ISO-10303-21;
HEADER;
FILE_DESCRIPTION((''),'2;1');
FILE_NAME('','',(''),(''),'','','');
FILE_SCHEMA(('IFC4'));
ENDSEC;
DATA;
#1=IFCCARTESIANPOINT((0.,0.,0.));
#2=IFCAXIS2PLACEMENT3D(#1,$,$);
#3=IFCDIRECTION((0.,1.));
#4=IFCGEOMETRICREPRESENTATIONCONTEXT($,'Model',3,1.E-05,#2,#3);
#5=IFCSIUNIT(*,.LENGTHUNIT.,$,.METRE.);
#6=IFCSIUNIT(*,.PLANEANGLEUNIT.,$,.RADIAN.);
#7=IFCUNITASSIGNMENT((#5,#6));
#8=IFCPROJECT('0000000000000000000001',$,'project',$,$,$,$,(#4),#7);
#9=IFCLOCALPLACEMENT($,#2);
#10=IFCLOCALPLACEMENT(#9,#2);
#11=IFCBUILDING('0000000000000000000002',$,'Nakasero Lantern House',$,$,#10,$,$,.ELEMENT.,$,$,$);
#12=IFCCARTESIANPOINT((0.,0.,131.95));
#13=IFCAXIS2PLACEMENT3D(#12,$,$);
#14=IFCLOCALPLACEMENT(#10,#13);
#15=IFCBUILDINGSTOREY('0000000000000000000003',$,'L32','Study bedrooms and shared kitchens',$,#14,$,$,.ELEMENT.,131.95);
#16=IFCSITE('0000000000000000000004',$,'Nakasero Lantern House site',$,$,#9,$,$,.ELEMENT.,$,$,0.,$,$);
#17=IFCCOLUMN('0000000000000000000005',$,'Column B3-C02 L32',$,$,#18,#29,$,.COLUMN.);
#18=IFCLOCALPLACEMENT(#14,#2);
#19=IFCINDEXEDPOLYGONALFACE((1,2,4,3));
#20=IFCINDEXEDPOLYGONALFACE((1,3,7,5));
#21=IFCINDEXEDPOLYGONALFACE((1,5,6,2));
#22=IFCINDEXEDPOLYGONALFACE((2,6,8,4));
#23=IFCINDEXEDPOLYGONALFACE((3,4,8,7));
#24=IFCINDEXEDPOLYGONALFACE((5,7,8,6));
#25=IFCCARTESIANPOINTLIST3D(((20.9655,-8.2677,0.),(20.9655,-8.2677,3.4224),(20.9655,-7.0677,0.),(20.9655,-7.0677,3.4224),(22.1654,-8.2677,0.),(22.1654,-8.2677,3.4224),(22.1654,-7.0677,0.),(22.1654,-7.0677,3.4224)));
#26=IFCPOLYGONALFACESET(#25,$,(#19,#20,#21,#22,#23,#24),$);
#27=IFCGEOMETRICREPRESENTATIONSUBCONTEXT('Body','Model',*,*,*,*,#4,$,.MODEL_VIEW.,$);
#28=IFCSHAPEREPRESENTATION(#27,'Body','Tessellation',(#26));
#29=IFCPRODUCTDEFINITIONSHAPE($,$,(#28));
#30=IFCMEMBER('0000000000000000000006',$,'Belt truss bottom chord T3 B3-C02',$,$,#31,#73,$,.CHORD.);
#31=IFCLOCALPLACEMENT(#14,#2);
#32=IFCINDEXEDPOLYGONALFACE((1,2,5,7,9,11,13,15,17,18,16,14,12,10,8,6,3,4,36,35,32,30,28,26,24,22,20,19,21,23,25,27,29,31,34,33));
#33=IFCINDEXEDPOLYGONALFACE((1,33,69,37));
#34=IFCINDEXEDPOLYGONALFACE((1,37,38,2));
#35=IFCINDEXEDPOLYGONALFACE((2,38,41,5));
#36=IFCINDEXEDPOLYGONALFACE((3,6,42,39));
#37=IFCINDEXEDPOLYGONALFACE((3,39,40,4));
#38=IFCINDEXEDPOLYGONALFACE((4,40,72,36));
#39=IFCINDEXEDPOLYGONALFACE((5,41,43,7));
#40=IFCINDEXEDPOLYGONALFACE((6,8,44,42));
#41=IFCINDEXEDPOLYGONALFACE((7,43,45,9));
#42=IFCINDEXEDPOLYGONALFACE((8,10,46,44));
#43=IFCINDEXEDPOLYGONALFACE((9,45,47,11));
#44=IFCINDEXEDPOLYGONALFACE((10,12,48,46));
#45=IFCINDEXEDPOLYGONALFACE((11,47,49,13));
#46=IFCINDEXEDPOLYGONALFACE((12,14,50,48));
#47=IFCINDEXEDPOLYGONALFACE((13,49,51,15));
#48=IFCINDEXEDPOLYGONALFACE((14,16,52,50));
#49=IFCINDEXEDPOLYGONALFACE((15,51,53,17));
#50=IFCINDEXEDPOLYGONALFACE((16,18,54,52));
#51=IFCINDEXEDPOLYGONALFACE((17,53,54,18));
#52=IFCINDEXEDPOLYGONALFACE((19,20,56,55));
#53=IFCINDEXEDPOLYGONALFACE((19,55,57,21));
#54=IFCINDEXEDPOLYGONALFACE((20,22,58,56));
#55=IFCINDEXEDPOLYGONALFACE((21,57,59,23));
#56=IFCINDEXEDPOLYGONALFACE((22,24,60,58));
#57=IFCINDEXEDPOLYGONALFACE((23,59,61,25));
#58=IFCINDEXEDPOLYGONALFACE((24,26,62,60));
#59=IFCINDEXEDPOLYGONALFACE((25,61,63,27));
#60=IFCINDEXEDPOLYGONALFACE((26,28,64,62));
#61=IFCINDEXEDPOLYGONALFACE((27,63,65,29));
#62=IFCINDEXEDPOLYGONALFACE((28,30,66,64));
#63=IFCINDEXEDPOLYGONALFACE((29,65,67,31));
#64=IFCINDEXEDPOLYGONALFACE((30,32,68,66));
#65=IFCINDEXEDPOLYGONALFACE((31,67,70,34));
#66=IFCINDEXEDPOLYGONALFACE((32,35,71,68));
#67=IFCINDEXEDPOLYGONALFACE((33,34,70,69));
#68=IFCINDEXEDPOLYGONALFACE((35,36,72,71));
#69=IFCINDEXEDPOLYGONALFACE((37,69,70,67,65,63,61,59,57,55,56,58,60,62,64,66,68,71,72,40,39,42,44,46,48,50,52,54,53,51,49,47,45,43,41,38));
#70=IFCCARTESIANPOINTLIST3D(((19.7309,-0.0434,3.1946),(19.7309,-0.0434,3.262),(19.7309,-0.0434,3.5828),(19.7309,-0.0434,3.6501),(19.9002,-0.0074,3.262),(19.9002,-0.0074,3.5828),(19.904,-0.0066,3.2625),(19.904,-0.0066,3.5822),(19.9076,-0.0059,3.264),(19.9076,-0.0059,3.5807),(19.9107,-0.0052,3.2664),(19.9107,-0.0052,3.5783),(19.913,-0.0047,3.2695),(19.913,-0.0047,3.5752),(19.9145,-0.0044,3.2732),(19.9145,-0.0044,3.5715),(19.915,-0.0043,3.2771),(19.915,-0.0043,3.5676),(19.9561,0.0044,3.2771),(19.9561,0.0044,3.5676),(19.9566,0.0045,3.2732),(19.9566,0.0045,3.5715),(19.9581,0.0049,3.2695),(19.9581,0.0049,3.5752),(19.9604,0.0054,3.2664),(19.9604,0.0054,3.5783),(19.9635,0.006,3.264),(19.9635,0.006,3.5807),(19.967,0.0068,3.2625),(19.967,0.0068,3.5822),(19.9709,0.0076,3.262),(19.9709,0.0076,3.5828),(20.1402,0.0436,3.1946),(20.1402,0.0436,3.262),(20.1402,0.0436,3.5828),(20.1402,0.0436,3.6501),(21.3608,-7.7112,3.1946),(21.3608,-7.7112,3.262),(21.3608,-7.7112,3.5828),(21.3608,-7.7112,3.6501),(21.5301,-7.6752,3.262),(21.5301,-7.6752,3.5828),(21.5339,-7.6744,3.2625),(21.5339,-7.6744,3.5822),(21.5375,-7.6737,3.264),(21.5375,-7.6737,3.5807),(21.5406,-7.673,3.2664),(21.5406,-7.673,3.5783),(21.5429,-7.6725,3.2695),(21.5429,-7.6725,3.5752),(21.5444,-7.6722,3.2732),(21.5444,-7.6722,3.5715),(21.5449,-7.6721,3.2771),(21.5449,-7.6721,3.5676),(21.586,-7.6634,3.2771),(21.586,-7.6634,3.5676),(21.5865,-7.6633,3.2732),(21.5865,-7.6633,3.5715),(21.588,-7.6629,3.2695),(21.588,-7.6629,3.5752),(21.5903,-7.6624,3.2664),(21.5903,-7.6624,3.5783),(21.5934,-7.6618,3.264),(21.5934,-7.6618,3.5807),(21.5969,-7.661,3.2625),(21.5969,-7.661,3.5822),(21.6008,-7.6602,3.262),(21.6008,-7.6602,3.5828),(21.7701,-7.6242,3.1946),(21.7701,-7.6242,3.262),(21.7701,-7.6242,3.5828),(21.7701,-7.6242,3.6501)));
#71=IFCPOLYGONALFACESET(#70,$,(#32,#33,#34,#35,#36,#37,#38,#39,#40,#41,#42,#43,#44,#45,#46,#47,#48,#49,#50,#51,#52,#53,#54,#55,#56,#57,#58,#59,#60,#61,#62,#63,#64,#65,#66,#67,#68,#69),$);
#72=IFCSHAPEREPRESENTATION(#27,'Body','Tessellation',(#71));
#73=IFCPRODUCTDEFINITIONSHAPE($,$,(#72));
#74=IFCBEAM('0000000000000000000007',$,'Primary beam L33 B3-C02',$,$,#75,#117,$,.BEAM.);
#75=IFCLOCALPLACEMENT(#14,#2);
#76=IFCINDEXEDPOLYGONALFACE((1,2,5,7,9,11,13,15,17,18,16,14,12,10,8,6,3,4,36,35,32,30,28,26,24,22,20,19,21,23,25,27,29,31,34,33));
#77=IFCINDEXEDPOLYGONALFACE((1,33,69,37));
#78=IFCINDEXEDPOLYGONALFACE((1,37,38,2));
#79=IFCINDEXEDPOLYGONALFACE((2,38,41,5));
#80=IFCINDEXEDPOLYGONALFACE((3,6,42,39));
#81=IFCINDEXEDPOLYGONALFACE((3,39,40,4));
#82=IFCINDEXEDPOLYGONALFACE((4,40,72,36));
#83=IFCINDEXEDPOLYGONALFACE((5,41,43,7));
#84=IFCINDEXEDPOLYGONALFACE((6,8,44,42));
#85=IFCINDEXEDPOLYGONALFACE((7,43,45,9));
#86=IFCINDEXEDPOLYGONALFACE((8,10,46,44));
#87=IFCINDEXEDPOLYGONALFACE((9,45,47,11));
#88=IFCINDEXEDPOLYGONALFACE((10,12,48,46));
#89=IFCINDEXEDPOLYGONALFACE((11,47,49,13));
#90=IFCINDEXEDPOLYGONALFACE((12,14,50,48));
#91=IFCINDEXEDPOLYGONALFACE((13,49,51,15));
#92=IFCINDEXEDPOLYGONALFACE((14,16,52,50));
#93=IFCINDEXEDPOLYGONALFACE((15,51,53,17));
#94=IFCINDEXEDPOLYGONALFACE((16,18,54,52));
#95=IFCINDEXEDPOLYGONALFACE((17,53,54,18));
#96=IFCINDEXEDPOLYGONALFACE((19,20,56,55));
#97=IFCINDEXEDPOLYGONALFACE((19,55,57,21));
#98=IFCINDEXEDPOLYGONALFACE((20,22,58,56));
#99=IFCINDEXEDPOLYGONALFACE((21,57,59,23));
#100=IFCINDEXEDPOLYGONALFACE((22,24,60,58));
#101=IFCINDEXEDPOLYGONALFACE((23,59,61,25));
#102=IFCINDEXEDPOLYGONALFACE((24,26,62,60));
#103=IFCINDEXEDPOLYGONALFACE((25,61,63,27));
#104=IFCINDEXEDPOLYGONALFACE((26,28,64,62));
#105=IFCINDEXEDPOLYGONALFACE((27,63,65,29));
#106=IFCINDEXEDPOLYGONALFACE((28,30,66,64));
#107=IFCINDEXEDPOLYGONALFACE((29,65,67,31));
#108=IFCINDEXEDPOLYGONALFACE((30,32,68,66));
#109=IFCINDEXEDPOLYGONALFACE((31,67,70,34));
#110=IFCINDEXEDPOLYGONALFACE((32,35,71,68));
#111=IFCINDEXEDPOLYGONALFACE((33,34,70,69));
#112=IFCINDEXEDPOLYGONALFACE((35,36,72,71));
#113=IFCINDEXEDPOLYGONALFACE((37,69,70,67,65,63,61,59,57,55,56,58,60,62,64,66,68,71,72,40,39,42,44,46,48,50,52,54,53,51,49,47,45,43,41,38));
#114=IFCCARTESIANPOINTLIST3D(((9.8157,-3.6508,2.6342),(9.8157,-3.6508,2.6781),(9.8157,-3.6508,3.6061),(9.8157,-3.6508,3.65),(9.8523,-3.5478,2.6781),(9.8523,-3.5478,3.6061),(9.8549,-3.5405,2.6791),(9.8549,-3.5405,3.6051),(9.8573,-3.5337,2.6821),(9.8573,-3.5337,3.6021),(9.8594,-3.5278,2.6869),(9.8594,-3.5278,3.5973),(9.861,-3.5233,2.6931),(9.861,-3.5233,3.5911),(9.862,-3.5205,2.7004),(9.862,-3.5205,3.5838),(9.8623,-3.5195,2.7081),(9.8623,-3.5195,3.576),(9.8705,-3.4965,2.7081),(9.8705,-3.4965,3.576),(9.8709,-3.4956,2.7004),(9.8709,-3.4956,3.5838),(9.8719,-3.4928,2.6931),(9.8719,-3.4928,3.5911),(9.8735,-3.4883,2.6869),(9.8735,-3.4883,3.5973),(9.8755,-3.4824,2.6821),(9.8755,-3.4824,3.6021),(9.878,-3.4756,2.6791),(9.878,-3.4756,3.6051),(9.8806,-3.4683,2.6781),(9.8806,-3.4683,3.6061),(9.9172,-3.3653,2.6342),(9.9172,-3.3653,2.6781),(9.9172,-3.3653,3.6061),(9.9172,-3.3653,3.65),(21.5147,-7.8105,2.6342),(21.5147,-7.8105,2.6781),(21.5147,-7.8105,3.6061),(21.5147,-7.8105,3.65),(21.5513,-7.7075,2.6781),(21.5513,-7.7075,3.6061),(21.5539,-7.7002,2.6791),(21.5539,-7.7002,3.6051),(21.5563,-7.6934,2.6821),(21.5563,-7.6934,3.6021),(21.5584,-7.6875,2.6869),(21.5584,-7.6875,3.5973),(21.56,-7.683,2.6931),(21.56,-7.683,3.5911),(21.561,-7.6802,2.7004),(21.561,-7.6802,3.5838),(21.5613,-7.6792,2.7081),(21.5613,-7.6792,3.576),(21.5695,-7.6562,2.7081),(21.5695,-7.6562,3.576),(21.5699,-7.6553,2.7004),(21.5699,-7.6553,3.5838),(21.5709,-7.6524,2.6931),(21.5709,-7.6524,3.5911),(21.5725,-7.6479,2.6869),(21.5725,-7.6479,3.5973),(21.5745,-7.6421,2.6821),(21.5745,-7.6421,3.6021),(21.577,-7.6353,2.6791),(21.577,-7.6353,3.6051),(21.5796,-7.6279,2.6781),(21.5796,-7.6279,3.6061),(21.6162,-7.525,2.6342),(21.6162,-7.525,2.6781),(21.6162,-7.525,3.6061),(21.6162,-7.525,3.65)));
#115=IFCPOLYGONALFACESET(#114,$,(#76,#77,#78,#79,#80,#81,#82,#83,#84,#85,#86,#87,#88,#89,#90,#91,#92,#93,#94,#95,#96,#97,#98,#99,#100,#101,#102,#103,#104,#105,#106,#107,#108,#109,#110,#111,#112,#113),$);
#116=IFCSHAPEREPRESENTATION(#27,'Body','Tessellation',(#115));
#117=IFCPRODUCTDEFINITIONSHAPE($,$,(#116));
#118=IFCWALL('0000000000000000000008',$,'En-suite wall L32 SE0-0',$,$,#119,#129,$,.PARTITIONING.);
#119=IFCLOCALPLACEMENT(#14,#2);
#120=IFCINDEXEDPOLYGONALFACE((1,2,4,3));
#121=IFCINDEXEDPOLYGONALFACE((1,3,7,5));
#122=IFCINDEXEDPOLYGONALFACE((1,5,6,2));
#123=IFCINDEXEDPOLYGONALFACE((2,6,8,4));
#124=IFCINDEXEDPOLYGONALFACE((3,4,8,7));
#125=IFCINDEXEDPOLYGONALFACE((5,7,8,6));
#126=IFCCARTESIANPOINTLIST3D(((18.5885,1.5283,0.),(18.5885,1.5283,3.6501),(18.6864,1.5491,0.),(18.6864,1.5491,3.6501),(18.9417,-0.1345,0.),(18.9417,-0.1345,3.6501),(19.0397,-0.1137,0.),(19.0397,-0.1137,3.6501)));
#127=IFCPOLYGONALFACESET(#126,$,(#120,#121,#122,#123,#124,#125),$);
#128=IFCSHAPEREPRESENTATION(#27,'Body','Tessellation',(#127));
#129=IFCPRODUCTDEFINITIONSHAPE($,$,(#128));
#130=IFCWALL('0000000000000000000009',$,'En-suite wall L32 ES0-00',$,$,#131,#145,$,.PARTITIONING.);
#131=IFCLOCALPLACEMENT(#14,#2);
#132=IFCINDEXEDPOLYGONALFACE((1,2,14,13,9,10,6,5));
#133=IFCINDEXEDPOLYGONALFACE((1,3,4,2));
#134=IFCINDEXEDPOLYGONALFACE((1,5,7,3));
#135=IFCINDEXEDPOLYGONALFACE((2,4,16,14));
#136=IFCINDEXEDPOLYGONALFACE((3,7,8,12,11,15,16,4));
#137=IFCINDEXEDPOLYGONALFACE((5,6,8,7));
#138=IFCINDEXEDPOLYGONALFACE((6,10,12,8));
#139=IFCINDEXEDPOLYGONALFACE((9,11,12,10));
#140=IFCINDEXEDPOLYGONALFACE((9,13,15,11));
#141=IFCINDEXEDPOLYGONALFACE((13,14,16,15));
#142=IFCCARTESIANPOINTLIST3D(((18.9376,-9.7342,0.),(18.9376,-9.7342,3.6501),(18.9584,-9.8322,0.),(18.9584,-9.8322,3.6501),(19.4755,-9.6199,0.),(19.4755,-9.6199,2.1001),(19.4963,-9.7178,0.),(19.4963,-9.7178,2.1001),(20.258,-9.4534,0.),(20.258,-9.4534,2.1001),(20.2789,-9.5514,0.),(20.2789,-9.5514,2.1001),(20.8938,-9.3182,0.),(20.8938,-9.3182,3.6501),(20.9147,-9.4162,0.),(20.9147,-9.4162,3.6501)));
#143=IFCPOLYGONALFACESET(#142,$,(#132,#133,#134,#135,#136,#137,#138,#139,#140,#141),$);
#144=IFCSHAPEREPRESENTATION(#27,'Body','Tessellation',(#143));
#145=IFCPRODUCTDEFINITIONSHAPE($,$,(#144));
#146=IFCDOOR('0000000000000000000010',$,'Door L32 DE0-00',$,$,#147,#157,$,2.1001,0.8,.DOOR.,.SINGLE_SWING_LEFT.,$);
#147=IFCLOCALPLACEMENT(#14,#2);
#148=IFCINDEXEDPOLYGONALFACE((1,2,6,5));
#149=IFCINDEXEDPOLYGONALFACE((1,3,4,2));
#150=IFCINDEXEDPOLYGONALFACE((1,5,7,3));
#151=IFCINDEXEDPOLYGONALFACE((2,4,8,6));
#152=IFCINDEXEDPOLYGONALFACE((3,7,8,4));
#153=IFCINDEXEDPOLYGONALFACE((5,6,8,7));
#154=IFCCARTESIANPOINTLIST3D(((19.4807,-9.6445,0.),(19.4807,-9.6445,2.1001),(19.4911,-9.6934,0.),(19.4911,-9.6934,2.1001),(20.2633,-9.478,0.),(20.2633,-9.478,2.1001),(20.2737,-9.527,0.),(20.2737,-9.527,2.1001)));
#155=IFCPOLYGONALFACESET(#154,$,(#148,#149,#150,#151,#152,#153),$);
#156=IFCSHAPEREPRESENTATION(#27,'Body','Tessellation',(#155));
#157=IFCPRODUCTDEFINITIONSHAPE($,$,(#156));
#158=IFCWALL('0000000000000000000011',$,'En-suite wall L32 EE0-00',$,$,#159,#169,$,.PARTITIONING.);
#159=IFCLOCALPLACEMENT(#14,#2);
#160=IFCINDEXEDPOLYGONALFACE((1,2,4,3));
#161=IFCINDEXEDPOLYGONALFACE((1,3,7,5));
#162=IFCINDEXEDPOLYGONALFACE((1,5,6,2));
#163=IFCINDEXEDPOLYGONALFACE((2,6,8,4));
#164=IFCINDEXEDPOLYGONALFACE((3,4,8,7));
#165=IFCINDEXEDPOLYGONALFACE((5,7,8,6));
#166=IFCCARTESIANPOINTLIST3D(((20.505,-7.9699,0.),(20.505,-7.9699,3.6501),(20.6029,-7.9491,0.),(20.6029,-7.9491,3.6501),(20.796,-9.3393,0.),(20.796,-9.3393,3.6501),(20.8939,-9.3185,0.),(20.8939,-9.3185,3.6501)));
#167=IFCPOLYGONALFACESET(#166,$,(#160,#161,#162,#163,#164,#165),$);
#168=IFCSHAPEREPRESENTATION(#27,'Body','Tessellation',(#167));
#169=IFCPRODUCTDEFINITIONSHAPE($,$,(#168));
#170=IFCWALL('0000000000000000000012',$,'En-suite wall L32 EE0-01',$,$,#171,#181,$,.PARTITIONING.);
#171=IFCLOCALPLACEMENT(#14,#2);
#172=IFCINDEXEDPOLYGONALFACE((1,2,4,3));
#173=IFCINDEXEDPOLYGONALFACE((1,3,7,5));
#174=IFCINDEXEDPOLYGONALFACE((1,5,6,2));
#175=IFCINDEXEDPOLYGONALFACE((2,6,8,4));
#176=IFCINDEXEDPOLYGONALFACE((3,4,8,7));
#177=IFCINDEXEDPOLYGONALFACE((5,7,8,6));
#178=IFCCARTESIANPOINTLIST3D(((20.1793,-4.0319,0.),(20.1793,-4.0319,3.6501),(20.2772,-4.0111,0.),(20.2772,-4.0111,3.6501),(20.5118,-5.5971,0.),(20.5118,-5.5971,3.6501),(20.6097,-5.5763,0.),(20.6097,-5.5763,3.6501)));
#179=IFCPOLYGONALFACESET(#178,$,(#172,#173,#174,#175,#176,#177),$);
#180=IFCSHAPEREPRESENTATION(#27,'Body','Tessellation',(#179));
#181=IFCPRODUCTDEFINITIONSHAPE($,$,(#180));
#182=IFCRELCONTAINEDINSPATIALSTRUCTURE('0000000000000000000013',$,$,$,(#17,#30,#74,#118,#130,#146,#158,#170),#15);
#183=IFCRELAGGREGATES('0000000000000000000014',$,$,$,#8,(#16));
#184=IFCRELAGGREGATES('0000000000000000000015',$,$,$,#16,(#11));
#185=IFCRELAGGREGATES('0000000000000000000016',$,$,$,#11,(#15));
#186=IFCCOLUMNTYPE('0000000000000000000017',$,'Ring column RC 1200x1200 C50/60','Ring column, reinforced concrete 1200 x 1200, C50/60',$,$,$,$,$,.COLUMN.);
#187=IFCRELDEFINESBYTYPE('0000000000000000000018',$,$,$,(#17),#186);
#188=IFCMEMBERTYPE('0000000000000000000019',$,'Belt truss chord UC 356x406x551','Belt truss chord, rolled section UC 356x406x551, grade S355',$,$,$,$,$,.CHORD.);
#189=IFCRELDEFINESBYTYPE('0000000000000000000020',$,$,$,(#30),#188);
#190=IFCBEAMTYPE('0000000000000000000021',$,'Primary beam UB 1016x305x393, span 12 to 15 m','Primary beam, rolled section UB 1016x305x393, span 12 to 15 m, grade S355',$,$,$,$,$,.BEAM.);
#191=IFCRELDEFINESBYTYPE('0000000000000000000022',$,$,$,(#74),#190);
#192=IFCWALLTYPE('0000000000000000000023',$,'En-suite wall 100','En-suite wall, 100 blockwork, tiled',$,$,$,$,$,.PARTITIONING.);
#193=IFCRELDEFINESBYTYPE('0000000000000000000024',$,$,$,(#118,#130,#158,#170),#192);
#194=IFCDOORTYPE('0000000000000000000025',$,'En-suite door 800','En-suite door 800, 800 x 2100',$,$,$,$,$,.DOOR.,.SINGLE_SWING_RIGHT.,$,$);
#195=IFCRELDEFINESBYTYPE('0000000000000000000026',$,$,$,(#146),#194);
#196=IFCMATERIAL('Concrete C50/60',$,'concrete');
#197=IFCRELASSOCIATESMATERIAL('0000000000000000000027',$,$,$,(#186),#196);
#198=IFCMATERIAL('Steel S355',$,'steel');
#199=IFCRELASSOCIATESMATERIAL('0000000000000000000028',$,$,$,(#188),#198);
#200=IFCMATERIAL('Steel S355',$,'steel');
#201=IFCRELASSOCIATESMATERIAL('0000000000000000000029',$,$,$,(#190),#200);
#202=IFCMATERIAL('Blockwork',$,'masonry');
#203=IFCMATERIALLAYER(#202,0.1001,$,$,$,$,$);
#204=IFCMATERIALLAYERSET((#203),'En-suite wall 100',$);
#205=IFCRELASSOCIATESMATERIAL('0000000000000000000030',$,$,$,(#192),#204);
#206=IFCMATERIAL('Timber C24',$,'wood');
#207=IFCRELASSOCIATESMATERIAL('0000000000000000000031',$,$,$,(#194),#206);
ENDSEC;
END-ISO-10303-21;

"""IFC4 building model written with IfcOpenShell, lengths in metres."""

from ifc_helpers import new_model, si_unit, direction, frame, frame_2d, origin, origin_2d, place, context, subcontext, project, spatial, rectangle, i_section, extrude, material, layer, layer_set, material_profile, profile_set, type_object, element, fill, save


model = new_model("IFC4")

# Units and contexts
model_context = context("Model", 3, precision=1e-05, world=origin(), true_north=direction((0.0, 1.0)))
body_context = subcontext(model_context, "Body", "Model", "MODEL_VIEW")
ifc_project = project(units=[si_unit("LENGTHUNIT", "METRE"), si_unit("PLANEANGLEUNIT", "RADIAN")], contexts=[model_context])

# Site, building, storey
site_placement = place(None, origin())
site = spatial("IfcSite", under=ifc_project, at=site_placement, Name="Nakasero Lantern House site", CompositionType="ELEMENT", RefElevation=0.0)
building_placement = place(site_placement, origin())
building = spatial("IfcBuilding", under=site, at=building_placement, Name="Nakasero Lantern House", CompositionType="ELEMENT")
storey_placement = place(building_placement, frame((0.0, 0.0, 131.95)))
storey = spatial("IfcBuildingStorey", under=building, at=storey_placement, Name="L32", Description="Study bedrooms and shared kitchens", CompositionType="ELEMENT", Elevation=131.95)

# Column
ifc_material_1 = material(Name="Concrete C50/60", Category="concrete")
ifc_material_profile_1 = material_profile(ifc_material_1, rectangle(XDim=1.2, YDim=1.2, at=origin_2d()), Name="RC 1200x1200")
ifc_profile_set_1 = profile_set([ifc_material_profile_1], Name="Concrete C50/60")
column_type = type_object("IfcColumnType", Name="Ring column RC 1200x1200 C50/60", Description="Ring column, reinforced concrete 1200 x 1200, C50/60", PredefinedType="COLUMN", material=ifc_profile_set_1)
column_placement = place(storey_placement, frame((21.5654, -7.6677, 0.0), z_axis=(0.0, 0.0, 1.0), x_axis=(1.0, 0.0, 0.0)))
element("IfcColumn", 1, at=column_placement, inside=storey, type_object=column_type, Name="Column B3-C02 L32", PredefinedType="COLUMN", context=body_context, shape_type="SweptSolid", body=[
    extrude(rectangle(XDim=1.2, YDim=1.2, at=origin_2d()), origin(), (0.0, 0.0, 1.0), 3.4224),
])

# Member
ifc_material_2 = material(Name="Steel S355", Category="steel")
ifc_material_profile_2 = material_profile(ifc_material_2, i_section(OverallWidth=0.4185, OverallDepth=0.4556, WebThickness=0.042, FlangeThickness=0.0674, FilletRadius=0.0151, at=origin_2d()), Name="UC 356x406x551")
ifc_profile_set_2 = profile_set([ifc_material_profile_2], Name="Steel S355")
member_type = type_object("IfcMemberType", Name="Belt truss chord UC 356x406x551", Description="Belt truss chord, rolled section UC 356x406x551, grade S355", PredefinedType="CHORD", material=ifc_profile_set_2)
member_placement = place(storey_placement, frame((21.5654, -7.6677, 3.4224), z_axis=(-0.207919, 0.978146, 0.0), x_axis=(-0.978146, -0.207919, 0.0)))
element("IfcMember", 2, at=member_placement, inside=storey, type_object=member_type, Name="Belt truss bottom chord T3 B3-C02", PredefinedType="CHORD", context=body_context, shape_type="SweptSolid", body=[
    extrude(i_section(OverallWidth=0.4185, OverallDepth=0.4556, WebThickness=0.042, FlangeThickness=0.0674, FilletRadius=0.0151, at=origin_2d()), origin(), (0.0, 0.0, 1.0), 7.8391),
])

# Beam
ifc_material_3 = material(Name="Steel S355", Category="steel")
ifc_material_profile_3 = material_profile(ifc_material_3, i_section(OverallWidth=0.303, OverallDepth=1.0159, WebThickness=0.0244, FlangeThickness=0.0439, FilletRadius=0.03, at=origin_2d()), Name="UB 1016x305x393")
ifc_profile_set_3 = profile_set([ifc_material_profile_3], Name="Steel S355")
beam_type = type_object("IfcBeamType", Name="Primary beam UB 1016x305x393, span 12 to 15 m", Description="Primary beam, rolled section UB 1016x305x393, span 12 to 15 m, grade S355", PredefinedType="BEAM", material=ifc_profile_set_3)
beam_placement = place(storey_placement, frame((21.5654, -7.6677, 3.1421), z_axis=(-0.942214, 0.335012, 0.0), x_axis=(-0.335012, -0.942214, 0.0)))
element("IfcBeam", 3, at=beam_placement, inside=storey, type_object=beam_type, Name="Primary beam L33 B3-C02", PredefinedType="BEAM", context=body_context, shape_type="SweptSolid", body=[
    extrude(i_section(OverallWidth=0.303, OverallDepth=1.0159, WebThickness=0.0244, FlangeThickness=0.0439, FilletRadius=0.03, at=origin_2d()), origin(), (0.0, 0.0, 1.0), 12.4165),
])

# Wall
ifc_material_4 = material(Name="Blockwork", Category="masonry")
ifc_layer_1 = layer(ifc_material_4, 0.1001)
ifc_layer_set_1 = layer_set([ifc_layer_1], Name="En-suite wall 100")
wall_type_1 = type_object("IfcWallType", Name="En-suite wall 100", Description="En-suite wall, 100 blockwork, tiled", PredefinedType="PARTITIONING", material=ifc_layer_set_1)
wall_1_placement = place(storey_placement, frame((18.9907, -0.1243, 0.0), z_axis=(0.0, 0.0, 1.0), x_axis=(-0.207812, 0.978169, 0.0)))
element("IfcWall", 4, at=wall_1_placement, inside=storey, type_object=wall_type_1, Name="En-suite wall L32 SE0-0", PredefinedType="PARTITIONING", context=body_context, shape_type="SweptSolid", body=[
    extrude(rectangle(XDim=1.7, YDim=0.1001, at=frame_2d((0.8501, 0.0))), origin(), (0.0, 0.0, 1.0), 3.6501),
])

# Wall, opening, door
wall_2_placement = place(storey_placement, frame((18.948, -9.7832, 0.0), z_axis=(0.0, 0.0, 1.0), x_axis=(0.978128, 0.208003, 0.0)))
wall_2 = element("IfcWall", 5, at=wall_2_placement, inside=storey, type_object=wall_type_1, Name="En-suite wall L32 ES0-00", PredefinedType="PARTITIONING", context=body_context, shape_type="SweptSolid", body=[
    extrude(rectangle(XDim=2.0, YDim=0.1001, at=frame_2d((1.0, 0.0))), origin(), (0.0, 0.0, 1.0), 3.6501),
])
opening_1_placement = place(wall_2_placement, frame((0.55, 0.0, 0.0)))
opening_1 = element("IfcOpeningElement", 6, at=opening_1_placement, cuts=wall_2, PredefinedType="OPENING", context=body_context, shape_type="SweptSolid", body=[
    extrude(rectangle(XDim=0.8, YDim=2.1001, at=frame_2d((0.3999, 1.05))), frame((0.0, 0.0701, 0.0), z_axis=(0.0, -1.0, 0.0), x_axis=(1.0, 0.0, 0.0)), (0.0, 0.0, 1.0), 0.1401),
])
ifc_material_5 = material(Name="Timber C24", Category="wood")
door_type_1 = type_object("IfcDoorType", Name="En-suite door 800", Description="En-suite door 800, 800 x 2100", OperationType="SINGLE_SWING_RIGHT", PredefinedType="DOOR", material=ifc_material_5)
door_1_placement = place(opening_1_placement, origin())
door_1 = element("IfcDoor", 7, at=door_1_placement, inside=storey, type_object=door_type_1, Name="Door L32 DE0-00", OperationType="SINGLE_SWING_LEFT", OverallHeight=2.1001, OverallWidth=0.8, PredefinedType="DOOR", context=body_context, shape_type="SweptSolid", body=[
    extrude(rectangle(XDim=0.8, YDim=2.1001, at=frame_2d((0.3999, 1.05))), frame((0.0, 0.0249, 0.0), z_axis=(0.0, -1.0, 0.0), x_axis=(1.0, 0.0, 0.0)), (0.0, 0.0, 1.0), 0.05),
])
fill(opening_1, door_1)

# Walls
wall_3_placement = place(storey_placement, frame((20.845, -9.3289, 0.0), z_axis=(0.0, 0.0, 1.0), x_axis=(-0.207873, 0.978156, 0.0)))
element("IfcWall", 8, at=wall_3_placement, inside=storey, type_object=wall_type_1, Name="En-suite wall L32 EE0-00", PredefinedType="PARTITIONING", context=body_context, shape_type="SweptSolid", body=[
    extrude(rectangle(XDim=1.3999, YDim=0.1001, at=frame_2d((0.7, 0.0))), origin(), (0.0, 0.0, 1.0), 3.6501),
])
wall_4_placement = place(storey_placement, frame((20.5608, -5.5867, 0.0), z_axis=(0.0, 0.0, 1.0), x_axis=(-0.207809, 0.978169, 0.0)))
element("IfcWall", 9, at=wall_4_placement, inside=storey, type_object=wall_type_1, Name="En-suite wall L32 EE0-01", PredefinedType="PARTITIONING", context=body_context, shape_type="SweptSolid", body=[
    extrude(rectangle(XDim=1.6001, YDim=0.1001, at=frame_2d((0.8, 0.0))), origin(), (0.0, 0.0, 1.0), 3.6501),
])

save(model, "model.ifc")
